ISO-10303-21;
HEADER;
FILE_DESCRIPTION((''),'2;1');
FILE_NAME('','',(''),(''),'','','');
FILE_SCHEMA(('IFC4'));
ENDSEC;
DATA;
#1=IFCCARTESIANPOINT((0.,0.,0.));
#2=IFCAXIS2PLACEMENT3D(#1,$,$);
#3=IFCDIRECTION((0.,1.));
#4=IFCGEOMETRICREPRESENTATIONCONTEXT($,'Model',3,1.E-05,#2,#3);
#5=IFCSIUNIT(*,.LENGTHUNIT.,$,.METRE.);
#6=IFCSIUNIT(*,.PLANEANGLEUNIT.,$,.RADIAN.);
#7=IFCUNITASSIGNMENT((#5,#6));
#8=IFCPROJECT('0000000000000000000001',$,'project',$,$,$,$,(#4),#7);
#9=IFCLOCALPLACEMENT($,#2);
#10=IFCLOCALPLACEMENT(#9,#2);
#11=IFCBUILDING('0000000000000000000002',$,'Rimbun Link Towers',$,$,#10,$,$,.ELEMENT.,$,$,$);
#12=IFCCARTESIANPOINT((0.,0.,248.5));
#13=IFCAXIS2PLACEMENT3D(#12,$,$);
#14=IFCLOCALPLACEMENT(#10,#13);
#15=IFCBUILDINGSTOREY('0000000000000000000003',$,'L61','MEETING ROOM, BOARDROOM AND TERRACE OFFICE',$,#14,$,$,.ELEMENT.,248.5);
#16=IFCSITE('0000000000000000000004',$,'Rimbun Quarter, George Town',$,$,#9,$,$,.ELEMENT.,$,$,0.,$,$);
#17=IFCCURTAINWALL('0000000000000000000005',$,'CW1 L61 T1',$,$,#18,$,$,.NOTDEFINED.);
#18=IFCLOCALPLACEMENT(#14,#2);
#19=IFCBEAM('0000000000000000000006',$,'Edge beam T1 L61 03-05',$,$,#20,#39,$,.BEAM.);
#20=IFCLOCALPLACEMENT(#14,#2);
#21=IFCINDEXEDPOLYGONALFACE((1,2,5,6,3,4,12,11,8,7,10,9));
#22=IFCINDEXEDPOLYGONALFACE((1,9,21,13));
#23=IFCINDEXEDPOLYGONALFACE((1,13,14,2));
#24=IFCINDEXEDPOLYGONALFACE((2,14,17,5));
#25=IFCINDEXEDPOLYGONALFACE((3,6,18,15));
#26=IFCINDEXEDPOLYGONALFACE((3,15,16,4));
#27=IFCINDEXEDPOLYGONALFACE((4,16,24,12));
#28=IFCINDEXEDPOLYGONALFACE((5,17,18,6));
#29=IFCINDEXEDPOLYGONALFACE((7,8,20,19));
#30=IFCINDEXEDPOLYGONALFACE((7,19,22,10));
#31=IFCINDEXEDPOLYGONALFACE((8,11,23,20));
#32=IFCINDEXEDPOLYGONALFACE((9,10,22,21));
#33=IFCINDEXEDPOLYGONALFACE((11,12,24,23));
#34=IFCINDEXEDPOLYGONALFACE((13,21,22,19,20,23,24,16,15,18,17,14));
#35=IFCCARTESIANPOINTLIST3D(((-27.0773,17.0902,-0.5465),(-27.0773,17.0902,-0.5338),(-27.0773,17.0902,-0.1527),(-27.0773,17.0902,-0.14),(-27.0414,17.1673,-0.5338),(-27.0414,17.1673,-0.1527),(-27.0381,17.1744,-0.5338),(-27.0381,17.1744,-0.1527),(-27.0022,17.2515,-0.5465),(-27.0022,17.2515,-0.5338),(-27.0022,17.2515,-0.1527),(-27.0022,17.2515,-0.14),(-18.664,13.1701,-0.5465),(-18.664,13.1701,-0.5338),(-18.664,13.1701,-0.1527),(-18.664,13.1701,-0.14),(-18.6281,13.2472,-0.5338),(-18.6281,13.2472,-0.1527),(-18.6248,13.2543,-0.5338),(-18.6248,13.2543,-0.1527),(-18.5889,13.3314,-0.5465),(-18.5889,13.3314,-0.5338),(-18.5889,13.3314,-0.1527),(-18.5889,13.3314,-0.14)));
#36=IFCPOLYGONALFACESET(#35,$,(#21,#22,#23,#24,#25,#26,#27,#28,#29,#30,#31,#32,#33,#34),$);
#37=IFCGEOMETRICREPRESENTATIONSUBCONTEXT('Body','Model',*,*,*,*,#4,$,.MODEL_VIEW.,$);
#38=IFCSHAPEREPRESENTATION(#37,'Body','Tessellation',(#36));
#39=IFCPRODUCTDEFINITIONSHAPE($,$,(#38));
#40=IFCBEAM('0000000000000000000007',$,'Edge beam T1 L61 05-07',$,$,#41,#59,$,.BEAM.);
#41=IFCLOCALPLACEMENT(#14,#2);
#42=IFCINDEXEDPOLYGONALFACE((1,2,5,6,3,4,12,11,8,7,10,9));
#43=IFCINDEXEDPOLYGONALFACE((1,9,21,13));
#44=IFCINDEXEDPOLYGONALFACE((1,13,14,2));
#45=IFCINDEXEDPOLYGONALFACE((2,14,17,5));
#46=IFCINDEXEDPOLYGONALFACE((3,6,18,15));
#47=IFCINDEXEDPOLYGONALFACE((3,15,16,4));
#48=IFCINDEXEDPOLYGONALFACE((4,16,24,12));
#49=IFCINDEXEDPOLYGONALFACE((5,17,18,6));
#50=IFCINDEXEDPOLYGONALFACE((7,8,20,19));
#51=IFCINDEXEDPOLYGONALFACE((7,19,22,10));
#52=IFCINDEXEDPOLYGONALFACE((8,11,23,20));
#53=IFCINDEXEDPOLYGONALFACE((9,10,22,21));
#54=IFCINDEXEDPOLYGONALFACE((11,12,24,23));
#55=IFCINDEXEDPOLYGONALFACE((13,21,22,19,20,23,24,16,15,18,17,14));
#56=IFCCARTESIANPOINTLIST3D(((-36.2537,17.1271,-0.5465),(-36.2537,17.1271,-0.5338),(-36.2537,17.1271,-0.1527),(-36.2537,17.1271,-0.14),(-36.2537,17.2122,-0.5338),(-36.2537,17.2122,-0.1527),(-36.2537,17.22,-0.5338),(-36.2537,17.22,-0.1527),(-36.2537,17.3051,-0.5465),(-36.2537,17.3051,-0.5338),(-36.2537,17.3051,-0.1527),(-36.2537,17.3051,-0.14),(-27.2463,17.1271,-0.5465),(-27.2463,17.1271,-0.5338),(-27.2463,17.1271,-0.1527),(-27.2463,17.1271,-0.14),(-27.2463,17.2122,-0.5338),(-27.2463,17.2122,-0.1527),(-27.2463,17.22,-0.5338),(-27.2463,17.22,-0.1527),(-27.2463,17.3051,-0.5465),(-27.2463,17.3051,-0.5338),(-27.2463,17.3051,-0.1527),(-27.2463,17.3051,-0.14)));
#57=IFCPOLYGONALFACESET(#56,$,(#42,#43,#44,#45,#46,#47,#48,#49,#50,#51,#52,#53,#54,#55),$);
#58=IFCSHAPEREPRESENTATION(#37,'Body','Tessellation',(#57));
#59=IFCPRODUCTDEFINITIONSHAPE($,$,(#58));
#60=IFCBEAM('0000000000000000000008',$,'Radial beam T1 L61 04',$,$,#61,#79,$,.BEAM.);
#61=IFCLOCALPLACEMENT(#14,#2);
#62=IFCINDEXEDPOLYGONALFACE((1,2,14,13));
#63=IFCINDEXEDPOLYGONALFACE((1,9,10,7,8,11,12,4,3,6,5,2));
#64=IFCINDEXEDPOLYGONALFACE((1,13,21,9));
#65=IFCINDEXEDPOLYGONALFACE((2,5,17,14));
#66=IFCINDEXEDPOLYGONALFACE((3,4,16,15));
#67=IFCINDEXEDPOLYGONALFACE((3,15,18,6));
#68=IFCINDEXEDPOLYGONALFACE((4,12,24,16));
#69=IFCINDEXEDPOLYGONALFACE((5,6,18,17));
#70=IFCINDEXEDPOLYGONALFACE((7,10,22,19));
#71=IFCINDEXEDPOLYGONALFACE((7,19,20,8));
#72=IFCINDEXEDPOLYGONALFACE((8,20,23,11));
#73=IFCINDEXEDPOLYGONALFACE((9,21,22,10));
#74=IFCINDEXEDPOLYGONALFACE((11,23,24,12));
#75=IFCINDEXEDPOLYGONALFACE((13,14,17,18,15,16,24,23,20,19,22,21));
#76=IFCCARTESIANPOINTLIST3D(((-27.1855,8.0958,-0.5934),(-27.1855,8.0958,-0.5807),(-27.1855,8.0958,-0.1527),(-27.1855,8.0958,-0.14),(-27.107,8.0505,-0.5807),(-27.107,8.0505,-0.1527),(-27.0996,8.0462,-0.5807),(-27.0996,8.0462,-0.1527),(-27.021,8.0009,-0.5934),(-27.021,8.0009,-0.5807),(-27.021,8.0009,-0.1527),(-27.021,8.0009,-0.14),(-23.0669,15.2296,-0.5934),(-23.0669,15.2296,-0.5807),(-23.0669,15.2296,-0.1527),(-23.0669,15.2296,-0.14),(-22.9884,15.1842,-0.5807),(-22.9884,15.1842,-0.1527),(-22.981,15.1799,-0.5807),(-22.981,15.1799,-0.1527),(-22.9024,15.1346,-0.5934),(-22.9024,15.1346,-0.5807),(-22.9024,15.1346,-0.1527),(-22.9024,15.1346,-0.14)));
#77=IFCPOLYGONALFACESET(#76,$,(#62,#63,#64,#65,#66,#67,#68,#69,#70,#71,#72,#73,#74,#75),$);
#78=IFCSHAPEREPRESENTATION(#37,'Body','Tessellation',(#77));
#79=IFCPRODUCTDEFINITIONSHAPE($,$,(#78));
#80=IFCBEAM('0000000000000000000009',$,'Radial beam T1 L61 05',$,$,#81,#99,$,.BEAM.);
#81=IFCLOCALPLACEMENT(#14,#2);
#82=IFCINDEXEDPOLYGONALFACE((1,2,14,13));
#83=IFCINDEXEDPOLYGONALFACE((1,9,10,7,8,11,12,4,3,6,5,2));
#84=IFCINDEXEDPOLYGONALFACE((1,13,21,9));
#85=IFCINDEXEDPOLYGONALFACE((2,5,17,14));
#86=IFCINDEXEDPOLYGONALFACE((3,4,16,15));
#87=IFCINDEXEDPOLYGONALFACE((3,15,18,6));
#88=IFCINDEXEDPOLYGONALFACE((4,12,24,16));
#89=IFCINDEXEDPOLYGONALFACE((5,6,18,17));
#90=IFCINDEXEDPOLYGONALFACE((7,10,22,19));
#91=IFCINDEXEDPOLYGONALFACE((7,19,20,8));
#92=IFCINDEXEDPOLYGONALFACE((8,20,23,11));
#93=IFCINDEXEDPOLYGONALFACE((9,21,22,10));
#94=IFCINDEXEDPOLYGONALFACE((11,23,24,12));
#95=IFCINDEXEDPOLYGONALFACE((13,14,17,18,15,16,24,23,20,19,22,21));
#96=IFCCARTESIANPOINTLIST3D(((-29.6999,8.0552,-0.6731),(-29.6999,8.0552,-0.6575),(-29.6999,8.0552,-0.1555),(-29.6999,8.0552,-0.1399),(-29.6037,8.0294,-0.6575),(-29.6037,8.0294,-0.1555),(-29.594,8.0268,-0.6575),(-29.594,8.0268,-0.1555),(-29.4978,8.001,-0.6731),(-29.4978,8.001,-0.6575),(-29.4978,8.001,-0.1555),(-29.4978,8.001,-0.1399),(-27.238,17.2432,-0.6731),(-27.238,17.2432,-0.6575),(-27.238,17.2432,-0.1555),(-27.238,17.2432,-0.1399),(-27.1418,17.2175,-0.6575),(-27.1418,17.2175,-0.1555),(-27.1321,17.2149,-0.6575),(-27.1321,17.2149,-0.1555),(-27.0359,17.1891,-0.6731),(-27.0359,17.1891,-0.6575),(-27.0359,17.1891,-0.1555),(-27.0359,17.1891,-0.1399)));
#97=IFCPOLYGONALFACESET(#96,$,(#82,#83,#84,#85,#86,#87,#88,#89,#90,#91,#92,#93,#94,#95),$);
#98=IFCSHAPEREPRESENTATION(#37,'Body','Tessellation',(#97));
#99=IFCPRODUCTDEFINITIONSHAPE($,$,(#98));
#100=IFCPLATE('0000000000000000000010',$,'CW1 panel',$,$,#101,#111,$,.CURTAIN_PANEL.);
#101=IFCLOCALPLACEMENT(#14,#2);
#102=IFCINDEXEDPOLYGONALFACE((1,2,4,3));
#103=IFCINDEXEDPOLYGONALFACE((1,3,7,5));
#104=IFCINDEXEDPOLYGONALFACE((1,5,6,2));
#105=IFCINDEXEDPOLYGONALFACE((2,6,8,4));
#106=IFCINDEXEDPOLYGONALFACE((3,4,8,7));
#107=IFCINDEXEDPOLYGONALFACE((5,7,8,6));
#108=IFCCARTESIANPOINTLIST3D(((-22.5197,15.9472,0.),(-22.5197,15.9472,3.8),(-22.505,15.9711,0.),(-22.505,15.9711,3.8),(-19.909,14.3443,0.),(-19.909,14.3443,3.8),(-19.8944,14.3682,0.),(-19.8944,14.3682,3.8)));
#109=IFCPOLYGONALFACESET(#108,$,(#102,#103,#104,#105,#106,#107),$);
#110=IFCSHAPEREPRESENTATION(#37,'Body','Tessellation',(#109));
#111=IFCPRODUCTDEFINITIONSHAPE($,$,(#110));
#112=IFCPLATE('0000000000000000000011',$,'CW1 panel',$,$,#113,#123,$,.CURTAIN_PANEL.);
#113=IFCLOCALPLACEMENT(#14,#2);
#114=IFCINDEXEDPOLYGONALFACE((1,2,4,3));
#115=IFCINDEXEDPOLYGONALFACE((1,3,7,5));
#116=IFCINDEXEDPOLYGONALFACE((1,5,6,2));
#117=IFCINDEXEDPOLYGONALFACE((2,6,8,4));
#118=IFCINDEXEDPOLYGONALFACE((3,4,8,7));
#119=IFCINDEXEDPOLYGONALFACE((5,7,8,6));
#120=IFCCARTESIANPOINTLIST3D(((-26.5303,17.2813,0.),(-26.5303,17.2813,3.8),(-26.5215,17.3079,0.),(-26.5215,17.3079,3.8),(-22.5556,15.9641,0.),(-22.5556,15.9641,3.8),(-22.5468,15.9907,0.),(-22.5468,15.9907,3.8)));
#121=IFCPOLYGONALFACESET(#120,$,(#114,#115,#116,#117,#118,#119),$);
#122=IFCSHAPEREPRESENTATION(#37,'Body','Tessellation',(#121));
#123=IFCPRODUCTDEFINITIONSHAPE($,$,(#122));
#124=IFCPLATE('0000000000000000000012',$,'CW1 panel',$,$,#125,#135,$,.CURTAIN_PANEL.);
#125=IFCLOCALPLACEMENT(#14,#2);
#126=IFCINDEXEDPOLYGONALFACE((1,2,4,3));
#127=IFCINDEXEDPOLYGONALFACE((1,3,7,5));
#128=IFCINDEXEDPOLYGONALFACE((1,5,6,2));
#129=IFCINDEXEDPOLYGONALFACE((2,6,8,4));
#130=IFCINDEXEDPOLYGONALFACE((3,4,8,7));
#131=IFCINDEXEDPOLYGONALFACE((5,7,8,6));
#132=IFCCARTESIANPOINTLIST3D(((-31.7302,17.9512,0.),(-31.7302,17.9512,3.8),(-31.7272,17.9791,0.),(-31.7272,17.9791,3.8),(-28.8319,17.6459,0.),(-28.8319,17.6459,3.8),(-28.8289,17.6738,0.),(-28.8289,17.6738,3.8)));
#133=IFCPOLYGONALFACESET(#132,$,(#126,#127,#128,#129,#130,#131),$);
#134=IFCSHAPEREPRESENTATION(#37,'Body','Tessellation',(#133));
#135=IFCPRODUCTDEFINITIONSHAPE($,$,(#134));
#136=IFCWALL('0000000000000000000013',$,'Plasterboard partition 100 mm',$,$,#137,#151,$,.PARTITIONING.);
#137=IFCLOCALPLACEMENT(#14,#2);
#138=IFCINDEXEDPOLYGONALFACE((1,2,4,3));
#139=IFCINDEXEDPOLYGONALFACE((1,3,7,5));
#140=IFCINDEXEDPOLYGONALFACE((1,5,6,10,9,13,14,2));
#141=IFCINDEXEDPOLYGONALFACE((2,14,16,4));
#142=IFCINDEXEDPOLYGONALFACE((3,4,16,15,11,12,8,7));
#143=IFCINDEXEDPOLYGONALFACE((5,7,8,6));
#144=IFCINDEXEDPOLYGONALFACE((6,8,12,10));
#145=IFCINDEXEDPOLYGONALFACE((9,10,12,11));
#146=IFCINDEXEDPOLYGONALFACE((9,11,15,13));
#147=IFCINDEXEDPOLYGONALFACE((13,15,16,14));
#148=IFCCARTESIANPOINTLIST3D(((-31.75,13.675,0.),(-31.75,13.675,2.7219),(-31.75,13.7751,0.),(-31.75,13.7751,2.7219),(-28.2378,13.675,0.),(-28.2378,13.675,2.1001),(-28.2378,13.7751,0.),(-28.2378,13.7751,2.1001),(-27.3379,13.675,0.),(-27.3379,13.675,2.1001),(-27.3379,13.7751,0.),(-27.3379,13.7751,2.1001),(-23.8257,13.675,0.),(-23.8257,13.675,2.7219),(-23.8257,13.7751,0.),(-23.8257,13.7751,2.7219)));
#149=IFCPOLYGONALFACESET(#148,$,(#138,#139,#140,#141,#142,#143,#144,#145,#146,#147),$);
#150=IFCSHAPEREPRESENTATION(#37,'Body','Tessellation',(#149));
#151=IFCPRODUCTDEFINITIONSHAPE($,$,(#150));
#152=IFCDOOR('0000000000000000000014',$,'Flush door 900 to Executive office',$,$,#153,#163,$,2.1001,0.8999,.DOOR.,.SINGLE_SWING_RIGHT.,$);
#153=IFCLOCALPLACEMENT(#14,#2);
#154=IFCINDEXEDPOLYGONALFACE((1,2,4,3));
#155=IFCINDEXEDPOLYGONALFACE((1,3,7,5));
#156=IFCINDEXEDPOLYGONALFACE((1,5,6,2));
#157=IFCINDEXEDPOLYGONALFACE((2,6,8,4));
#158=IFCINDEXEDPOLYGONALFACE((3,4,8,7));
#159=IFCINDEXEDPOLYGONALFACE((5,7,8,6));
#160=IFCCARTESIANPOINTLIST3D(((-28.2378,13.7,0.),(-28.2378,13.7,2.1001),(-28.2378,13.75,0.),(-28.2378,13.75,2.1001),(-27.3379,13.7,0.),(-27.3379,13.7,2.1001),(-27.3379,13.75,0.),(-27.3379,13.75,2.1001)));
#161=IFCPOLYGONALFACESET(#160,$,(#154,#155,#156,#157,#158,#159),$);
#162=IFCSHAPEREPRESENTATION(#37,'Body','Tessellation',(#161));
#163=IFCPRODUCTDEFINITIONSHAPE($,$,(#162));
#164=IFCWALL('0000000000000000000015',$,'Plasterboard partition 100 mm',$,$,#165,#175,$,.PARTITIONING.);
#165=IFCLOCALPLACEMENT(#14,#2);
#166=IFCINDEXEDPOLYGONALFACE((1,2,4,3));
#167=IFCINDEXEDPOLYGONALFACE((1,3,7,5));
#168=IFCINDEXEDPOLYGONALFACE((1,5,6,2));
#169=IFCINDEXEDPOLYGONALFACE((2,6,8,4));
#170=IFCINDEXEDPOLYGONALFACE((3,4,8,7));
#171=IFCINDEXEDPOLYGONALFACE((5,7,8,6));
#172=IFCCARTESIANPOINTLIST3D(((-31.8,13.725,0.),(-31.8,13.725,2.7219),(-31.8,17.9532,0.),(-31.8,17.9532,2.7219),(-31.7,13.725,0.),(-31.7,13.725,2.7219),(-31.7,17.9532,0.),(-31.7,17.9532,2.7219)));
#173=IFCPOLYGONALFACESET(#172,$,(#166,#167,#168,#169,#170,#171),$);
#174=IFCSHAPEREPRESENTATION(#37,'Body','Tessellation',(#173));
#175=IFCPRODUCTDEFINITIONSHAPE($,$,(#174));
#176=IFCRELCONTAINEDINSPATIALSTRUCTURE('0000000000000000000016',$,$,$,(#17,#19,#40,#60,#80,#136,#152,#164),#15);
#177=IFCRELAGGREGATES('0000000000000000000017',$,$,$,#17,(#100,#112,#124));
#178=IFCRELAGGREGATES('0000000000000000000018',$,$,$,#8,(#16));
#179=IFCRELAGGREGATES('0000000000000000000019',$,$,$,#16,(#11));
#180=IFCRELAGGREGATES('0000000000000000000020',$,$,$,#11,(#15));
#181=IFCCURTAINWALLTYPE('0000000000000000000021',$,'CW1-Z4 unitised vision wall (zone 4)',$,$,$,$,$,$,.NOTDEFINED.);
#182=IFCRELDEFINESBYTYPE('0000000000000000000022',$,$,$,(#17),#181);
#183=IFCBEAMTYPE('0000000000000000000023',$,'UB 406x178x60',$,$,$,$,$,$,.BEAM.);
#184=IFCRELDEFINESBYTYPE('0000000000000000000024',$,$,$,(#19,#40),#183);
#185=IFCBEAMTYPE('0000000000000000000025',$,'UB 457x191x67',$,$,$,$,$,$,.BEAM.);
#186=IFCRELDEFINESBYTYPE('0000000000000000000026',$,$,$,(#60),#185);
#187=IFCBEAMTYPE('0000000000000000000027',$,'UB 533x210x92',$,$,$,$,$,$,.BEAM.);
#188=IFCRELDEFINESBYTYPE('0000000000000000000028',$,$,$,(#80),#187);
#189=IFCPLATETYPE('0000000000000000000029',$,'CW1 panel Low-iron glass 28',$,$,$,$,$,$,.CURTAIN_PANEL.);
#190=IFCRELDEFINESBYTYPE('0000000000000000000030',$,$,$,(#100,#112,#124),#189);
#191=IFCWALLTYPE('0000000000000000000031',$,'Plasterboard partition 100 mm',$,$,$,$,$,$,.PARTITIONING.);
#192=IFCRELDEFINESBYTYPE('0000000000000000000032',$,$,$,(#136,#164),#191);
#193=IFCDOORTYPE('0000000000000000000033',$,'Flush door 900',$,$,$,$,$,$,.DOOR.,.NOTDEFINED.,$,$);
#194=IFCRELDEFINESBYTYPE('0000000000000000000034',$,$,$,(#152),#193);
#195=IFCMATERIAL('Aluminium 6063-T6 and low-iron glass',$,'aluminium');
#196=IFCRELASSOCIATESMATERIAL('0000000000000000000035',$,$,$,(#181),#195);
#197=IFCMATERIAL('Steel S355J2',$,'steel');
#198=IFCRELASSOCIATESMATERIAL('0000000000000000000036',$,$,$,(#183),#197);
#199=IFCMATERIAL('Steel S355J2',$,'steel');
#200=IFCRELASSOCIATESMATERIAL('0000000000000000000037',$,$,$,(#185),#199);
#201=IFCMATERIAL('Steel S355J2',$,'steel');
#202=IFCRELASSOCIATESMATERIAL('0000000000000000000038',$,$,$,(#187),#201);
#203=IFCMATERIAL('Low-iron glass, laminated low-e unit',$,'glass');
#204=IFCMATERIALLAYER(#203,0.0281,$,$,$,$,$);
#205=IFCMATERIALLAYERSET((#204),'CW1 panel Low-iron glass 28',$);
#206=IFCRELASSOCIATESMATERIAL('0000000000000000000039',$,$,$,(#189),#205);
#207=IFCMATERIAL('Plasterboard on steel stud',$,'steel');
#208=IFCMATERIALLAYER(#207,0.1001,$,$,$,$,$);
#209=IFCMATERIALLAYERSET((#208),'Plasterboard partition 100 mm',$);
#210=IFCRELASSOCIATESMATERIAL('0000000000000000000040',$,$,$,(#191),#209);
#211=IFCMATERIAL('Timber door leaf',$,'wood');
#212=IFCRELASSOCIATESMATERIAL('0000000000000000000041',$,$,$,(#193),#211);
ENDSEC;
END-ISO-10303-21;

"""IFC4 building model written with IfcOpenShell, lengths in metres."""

from ifc_helpers import new_model, si_unit, direction, frame, frame_2d, origin, origin_2d, place, context, subcontext, project, spatial, rectangle, i_section, extrude, material, layer, layer_set, material_profile, profile_set, type_object, element, fill, aggregate, save


model = new_model("IFC4")

# Units and contexts
model_context = context("Model", 3, precision=1e-05, world=origin(), true_north=direction((0.0, 1.0)))
body_context = subcontext(model_context, "Body", "Model", "MODEL_VIEW")
ifc_project = project(units=[si_unit("LENGTHUNIT", "METRE"), si_unit("PLANEANGLEUNIT", "RADIAN")], contexts=[model_context])

# Site, building, storey
site_placement = place(None, origin())
site = spatial("IfcSite", under=ifc_project, at=site_placement, Name="Rimbun Quarter, George Town", CompositionType="ELEMENT", RefElevation=0.0)
building_placement = place(site_placement, origin())
building = spatial("IfcBuilding", under=site, at=building_placement, Name="Rimbun Link Towers", CompositionType="ELEMENT")
storey_placement = place(building_placement, frame((0.0, 0.0, 248.5)))
storey = spatial("IfcBuildingStorey", under=building, at=storey_placement, Name="L61", Description="MEETING ROOM, BOARDROOM AND TERRACE OFFICE", CompositionType="ELEMENT", Elevation=248.5)

# Curtain wall
ifc_material_1 = material(Name="Aluminium 6063-T6 and low-iron glass", Category="aluminium")
curtain_wall_type = type_object("IfcCurtainWallType", Name="CW1-Z4 unitised vision wall (zone 4)", PredefinedType="NOTDEFINED", material=ifc_material_1)
curtain_wall_placement = place(storey_placement, origin())
curtain_wall = element("IfcCurtainWall", 1, at=curtain_wall_placement, inside=storey, type_object=curtain_wall_type, Name="CW1 L61 T1", PredefinedType="NOTDEFINED")

# Beams
ifc_material_2 = material(Name="Steel S355J2", Category="steel")
ifc_material_profile_1 = material_profile(ifc_material_2, i_section(OverallWidth=0.178, OverallDepth=0.4065, WebThickness=0.0078, FlangeThickness=0.0127, at=origin_2d()), Name="UB 406x178x60")
ifc_profile_set_1 = profile_set([ifc_material_profile_1], Name="Steel S355J2")
beam_type_1 = type_object("IfcBeamType", Name="UB 406x178x60", PredefinedType="BEAM", material=ifc_profile_set_1)
beam_1_placement = place(storey_placement, frame((-18.6265, 13.2507, -0.3433), z_axis=(-0.906433, 0.42235, 0.0), x_axis=(-0.42235, -0.906433, 0.0)))
element("IfcBeam", 2, at=beam_1_placement, inside=storey, type_object=beam_type_1, Name="Edge beam T1 L61 03-05", PredefinedType="BEAM", context=body_context, shape_type="SweptSolid", body=[
    extrude(i_section(OverallWidth=0.178, OverallDepth=0.4065, WebThickness=0.0078, FlangeThickness=0.0127, at=origin_2d()), origin(), (0.0, 0.0, 1.0), 9.2817),
])
beam_2_placement = place(storey_placement, frame((-27.2463, 17.2161, -0.3433), z_axis=(-1.0, 0.0, 0.0), x_axis=(0.0, -1.0, 0.0)))
element("IfcBeam", 3, at=beam_2_placement, inside=storey, type_object=beam_type_1, Name="Edge beam T1 L61 05-07", PredefinedType="BEAM", context=body_context, shape_type="SweptSolid", body=[
    extrude(i_section(OverallWidth=0.178, OverallDepth=0.4065, WebThickness=0.0078, FlangeThickness=0.0127, at=origin_2d()), origin(), (0.0, 0.0, 1.0), 9.0073),
])
ifc_material_3 = material(Name="Steel S355J2", Category="steel")
ifc_material_profile_2 = material_profile(ifc_material_3, i_section(OverallWidth=0.1899, OverallDepth=0.4534, WebThickness=0.0085, FlangeThickness=0.0127, at=origin_2d()), Name="UB 457x191x67")
ifc_profile_set_2 = profile_set([ifc_material_profile_2], Name="Steel S355J2")
beam_type_2 = type_object("IfcBeamType", Name="UB 457x191x67", PredefinedType="BEAM", material=ifc_profile_set_2)
beam_3_placement = place(storey_placement, frame((-27.1033, 8.0483, -0.3667), z_axis=(0.499996, 0.866028, 0.0), x_axis=(-0.866028, 0.499996, 0.0)))
element("IfcBeam", 4, at=beam_3_placement, inside=storey, type_object=beam_type_2, Name="Radial beam T1 L61 04", PredefinedType="BEAM", context=body_context, shape_type="SweptSolid", body=[
    extrude(i_section(OverallWidth=0.1899, OverallDepth=0.4534, WebThickness=0.0085, FlangeThickness=0.0127, at=origin_2d()), origin(), (0.0, 0.0, 1.0), 8.2373),
])
ifc_material_4 = material(Name="Steel S355J2", Category="steel")
ifc_material_profile_3 = material_profile(ifc_material_4, i_section(OverallWidth=0.2092, OverallDepth=0.5332, WebThickness=0.01, FlangeThickness=0.0156, at=origin_2d()), Name="UB 533x210x92")
ifc_profile_set_3 = profile_set([ifc_material_profile_3], Name="Steel S355J2")
beam_type_3 = type_object("IfcBeamType", Name="UB 533x210x92", PredefinedType="BEAM", material=ifc_profile_set_3)
beam_4_placement = place(storey_placement, frame((-29.5989, 8.0281, -0.4065), z_axis=(0.258819, 0.965926, 0.0), x_axis=(-0.965926, 0.258819, 0.0)))
element("IfcBeam", 5, at=beam_4_placement, inside=storey, type_object=beam_type_3, Name="Radial beam T1 L61 05", PredefinedType="BEAM", context=body_context, shape_type="SweptSolid", body=[
    extrude(i_section(OverallWidth=0.2092, OverallDepth=0.5332, WebThickness=0.01, FlangeThickness=0.0156, at=origin_2d()), origin(), (0.0, 0.0, 1.0), 9.5122),
])

# Plates
ifc_material_5 = material(Name="Low-iron glass, laminated low-e unit", Category="glass")
ifc_layer_1 = layer(ifc_material_5, 0.0281)
ifc_layer_set_1 = layer_set([ifc_layer_1], Name="CW1 panel Low-iron glass 28")
plate_type = type_object("IfcPlateType", Name="CW1 panel Low-iron glass 28", PredefinedType="CURTAIN_PANEL", material=ifc_layer_set_1)
plate_1_placement = place(storey_placement, frame((-21.207, 15.1577, 0.0), z_axis=(0.0, 0.0, 1.0), x_axis=(0.852192, -0.523229, 0.0)))
plate_1 = element("IfcPlate", 6, at=plate_1_placement, type_object=plate_type, Name="CW1 panel", PredefinedType="CURTAIN_PANEL", context=body_context, shape_type="SweptSolid", body=[
    extrude(rectangle(XDim=3.0635, YDim=0.0281, at=origin_2d()), origin(), (0.0, 0.0, 1.0), 3.8),
])
plate_2_placement = place(storey_placement, frame((-24.5386, 16.636, 0.0), z_axis=(0.0, 0.0, 1.0), x_axis=(0.949234, -0.314569, 0.0)))
plate_2 = element("IfcPlate", 7, at=plate_2_placement, type_object=plate_type, Name="CW1 panel", PredefinedType="CURTAIN_PANEL", context=body_context, shape_type="SweptSolid", body=[
    extrude(rectangle(XDim=4.1873, YDim=0.0281, at=origin_2d()), origin(), (0.0, 0.0, 1.0), 3.8),
])
plate_3_placement = place(storey_placement, frame((-30.2795, 17.8125, 0.0), z_axis=(0.0, 0.0, 1.0), x_axis=(0.9945, -0.104732, 0.0)))
plate_3 = element("IfcPlate", 8, at=plate_3_placement, type_object=plate_type, Name="CW1 panel", PredefinedType="CURTAIN_PANEL", context=body_context, shape_type="SweptSolid", body=[
    extrude(rectangle(XDim=2.9143, YDim=0.0281, at=origin_2d()), origin(), (0.0, 0.0, 1.0), 3.8),
])
aggregate(curtain_wall, [plate_1, plate_2, plate_3])

# Wall, opening, door
ifc_material_6 = material(Name="Plasterboard on steel stud", Category="steel")
ifc_layer_2 = layer(ifc_material_6, 0.1001)
ifc_layer_set_2 = layer_set([ifc_layer_2], Name="Plasterboard partition 100 mm")
wall_type_1 = type_object("IfcWallType", Name="Plasterboard partition 100 mm", PredefinedType="PARTITIONING", material=ifc_layer_set_2)
wall_1_placement = place(storey_placement, frame((-31.75, 13.7251, 0.0), z_axis=(0.0, 0.0, 1.0), x_axis=(1.0, 0.0, 0.0)))
wall_1 = element("IfcWall", 9, at=wall_1_placement, inside=storey, type_object=wall_type_1, Name="Plasterboard partition 100 mm", PredefinedType="PARTITIONING", context=body_context, shape_type="SweptSolid", body=[
    extrude(rectangle(XDim=7.9243, YDim=0.1001, at=frame_2d((3.9622, 0.0))), origin(), (0.0, 0.0, 1.0), 2.7219),
])
opening_1_placement = place(wall_1_placement, frame((3.5122, 0.0, 0.0)))
opening_1 = element("IfcOpeningElement", 10, at=opening_1_placement, cuts=wall_1, PredefinedType="OPENING", context=body_context, shape_type="SweptSolid", body=[
    extrude(rectangle(XDim=0.8999, YDim=2.1001, at=frame_2d((0.45, 1.05))), frame((0.0, 0.0601, 0.0), z_axis=(0.0, -1.0, 0.0), x_axis=(1.0, 0.0, 0.0)), (0.0, 0.0, 1.0), 0.1201),
])
ifc_material_7 = material(Name="Timber door leaf", Category="wood")
door_type_1 = type_object("IfcDoorType", Name="Flush door 900", OperationType="NOTDEFINED", PredefinedType="DOOR", material=ifc_material_7)
door_1_placement = place(opening_1_placement, origin())
door_1 = element("IfcDoor", 11, at=door_1_placement, inside=storey, type_object=door_type_1, Name="Flush door 900 to Executive office", OperationType="SINGLE_SWING_RIGHT", OverallHeight=2.1001, OverallWidth=0.8999, PredefinedType="DOOR", context=body_context, shape_type="SweptSolid", body=[
    extrude(rectangle(XDim=0.8999, YDim=2.1001, at=frame_2d((0.45, 1.05))), frame((0.0, 0.0249, 0.0), z_axis=(0.0, -1.0, 0.0), x_axis=(1.0, 0.0, 0.0)), (0.0, 0.0, 1.0), 0.05),
])
fill(opening_1, door_1)

# Wall
wall_2_placement = place(storey_placement, frame((-31.75, 17.9534, 0.0), z_axis=(0.0, 0.0, 1.0), x_axis=(0.0, -1.0, 0.0)))
element("IfcWall", 12, at=wall_2_placement, inside=storey, type_object=wall_type_1, Name="Plasterboard partition 100 mm", PredefinedType="PARTITIONING", context=body_context, shape_type="SweptSolid", body=[
    extrude(rectangle(XDim=4.2283, YDim=0.1001, at=frame_2d((2.1143, 0.0))), origin(), (0.0, 0.0, 1.0), 2.7219),
])

save(model, "model.ifc")
